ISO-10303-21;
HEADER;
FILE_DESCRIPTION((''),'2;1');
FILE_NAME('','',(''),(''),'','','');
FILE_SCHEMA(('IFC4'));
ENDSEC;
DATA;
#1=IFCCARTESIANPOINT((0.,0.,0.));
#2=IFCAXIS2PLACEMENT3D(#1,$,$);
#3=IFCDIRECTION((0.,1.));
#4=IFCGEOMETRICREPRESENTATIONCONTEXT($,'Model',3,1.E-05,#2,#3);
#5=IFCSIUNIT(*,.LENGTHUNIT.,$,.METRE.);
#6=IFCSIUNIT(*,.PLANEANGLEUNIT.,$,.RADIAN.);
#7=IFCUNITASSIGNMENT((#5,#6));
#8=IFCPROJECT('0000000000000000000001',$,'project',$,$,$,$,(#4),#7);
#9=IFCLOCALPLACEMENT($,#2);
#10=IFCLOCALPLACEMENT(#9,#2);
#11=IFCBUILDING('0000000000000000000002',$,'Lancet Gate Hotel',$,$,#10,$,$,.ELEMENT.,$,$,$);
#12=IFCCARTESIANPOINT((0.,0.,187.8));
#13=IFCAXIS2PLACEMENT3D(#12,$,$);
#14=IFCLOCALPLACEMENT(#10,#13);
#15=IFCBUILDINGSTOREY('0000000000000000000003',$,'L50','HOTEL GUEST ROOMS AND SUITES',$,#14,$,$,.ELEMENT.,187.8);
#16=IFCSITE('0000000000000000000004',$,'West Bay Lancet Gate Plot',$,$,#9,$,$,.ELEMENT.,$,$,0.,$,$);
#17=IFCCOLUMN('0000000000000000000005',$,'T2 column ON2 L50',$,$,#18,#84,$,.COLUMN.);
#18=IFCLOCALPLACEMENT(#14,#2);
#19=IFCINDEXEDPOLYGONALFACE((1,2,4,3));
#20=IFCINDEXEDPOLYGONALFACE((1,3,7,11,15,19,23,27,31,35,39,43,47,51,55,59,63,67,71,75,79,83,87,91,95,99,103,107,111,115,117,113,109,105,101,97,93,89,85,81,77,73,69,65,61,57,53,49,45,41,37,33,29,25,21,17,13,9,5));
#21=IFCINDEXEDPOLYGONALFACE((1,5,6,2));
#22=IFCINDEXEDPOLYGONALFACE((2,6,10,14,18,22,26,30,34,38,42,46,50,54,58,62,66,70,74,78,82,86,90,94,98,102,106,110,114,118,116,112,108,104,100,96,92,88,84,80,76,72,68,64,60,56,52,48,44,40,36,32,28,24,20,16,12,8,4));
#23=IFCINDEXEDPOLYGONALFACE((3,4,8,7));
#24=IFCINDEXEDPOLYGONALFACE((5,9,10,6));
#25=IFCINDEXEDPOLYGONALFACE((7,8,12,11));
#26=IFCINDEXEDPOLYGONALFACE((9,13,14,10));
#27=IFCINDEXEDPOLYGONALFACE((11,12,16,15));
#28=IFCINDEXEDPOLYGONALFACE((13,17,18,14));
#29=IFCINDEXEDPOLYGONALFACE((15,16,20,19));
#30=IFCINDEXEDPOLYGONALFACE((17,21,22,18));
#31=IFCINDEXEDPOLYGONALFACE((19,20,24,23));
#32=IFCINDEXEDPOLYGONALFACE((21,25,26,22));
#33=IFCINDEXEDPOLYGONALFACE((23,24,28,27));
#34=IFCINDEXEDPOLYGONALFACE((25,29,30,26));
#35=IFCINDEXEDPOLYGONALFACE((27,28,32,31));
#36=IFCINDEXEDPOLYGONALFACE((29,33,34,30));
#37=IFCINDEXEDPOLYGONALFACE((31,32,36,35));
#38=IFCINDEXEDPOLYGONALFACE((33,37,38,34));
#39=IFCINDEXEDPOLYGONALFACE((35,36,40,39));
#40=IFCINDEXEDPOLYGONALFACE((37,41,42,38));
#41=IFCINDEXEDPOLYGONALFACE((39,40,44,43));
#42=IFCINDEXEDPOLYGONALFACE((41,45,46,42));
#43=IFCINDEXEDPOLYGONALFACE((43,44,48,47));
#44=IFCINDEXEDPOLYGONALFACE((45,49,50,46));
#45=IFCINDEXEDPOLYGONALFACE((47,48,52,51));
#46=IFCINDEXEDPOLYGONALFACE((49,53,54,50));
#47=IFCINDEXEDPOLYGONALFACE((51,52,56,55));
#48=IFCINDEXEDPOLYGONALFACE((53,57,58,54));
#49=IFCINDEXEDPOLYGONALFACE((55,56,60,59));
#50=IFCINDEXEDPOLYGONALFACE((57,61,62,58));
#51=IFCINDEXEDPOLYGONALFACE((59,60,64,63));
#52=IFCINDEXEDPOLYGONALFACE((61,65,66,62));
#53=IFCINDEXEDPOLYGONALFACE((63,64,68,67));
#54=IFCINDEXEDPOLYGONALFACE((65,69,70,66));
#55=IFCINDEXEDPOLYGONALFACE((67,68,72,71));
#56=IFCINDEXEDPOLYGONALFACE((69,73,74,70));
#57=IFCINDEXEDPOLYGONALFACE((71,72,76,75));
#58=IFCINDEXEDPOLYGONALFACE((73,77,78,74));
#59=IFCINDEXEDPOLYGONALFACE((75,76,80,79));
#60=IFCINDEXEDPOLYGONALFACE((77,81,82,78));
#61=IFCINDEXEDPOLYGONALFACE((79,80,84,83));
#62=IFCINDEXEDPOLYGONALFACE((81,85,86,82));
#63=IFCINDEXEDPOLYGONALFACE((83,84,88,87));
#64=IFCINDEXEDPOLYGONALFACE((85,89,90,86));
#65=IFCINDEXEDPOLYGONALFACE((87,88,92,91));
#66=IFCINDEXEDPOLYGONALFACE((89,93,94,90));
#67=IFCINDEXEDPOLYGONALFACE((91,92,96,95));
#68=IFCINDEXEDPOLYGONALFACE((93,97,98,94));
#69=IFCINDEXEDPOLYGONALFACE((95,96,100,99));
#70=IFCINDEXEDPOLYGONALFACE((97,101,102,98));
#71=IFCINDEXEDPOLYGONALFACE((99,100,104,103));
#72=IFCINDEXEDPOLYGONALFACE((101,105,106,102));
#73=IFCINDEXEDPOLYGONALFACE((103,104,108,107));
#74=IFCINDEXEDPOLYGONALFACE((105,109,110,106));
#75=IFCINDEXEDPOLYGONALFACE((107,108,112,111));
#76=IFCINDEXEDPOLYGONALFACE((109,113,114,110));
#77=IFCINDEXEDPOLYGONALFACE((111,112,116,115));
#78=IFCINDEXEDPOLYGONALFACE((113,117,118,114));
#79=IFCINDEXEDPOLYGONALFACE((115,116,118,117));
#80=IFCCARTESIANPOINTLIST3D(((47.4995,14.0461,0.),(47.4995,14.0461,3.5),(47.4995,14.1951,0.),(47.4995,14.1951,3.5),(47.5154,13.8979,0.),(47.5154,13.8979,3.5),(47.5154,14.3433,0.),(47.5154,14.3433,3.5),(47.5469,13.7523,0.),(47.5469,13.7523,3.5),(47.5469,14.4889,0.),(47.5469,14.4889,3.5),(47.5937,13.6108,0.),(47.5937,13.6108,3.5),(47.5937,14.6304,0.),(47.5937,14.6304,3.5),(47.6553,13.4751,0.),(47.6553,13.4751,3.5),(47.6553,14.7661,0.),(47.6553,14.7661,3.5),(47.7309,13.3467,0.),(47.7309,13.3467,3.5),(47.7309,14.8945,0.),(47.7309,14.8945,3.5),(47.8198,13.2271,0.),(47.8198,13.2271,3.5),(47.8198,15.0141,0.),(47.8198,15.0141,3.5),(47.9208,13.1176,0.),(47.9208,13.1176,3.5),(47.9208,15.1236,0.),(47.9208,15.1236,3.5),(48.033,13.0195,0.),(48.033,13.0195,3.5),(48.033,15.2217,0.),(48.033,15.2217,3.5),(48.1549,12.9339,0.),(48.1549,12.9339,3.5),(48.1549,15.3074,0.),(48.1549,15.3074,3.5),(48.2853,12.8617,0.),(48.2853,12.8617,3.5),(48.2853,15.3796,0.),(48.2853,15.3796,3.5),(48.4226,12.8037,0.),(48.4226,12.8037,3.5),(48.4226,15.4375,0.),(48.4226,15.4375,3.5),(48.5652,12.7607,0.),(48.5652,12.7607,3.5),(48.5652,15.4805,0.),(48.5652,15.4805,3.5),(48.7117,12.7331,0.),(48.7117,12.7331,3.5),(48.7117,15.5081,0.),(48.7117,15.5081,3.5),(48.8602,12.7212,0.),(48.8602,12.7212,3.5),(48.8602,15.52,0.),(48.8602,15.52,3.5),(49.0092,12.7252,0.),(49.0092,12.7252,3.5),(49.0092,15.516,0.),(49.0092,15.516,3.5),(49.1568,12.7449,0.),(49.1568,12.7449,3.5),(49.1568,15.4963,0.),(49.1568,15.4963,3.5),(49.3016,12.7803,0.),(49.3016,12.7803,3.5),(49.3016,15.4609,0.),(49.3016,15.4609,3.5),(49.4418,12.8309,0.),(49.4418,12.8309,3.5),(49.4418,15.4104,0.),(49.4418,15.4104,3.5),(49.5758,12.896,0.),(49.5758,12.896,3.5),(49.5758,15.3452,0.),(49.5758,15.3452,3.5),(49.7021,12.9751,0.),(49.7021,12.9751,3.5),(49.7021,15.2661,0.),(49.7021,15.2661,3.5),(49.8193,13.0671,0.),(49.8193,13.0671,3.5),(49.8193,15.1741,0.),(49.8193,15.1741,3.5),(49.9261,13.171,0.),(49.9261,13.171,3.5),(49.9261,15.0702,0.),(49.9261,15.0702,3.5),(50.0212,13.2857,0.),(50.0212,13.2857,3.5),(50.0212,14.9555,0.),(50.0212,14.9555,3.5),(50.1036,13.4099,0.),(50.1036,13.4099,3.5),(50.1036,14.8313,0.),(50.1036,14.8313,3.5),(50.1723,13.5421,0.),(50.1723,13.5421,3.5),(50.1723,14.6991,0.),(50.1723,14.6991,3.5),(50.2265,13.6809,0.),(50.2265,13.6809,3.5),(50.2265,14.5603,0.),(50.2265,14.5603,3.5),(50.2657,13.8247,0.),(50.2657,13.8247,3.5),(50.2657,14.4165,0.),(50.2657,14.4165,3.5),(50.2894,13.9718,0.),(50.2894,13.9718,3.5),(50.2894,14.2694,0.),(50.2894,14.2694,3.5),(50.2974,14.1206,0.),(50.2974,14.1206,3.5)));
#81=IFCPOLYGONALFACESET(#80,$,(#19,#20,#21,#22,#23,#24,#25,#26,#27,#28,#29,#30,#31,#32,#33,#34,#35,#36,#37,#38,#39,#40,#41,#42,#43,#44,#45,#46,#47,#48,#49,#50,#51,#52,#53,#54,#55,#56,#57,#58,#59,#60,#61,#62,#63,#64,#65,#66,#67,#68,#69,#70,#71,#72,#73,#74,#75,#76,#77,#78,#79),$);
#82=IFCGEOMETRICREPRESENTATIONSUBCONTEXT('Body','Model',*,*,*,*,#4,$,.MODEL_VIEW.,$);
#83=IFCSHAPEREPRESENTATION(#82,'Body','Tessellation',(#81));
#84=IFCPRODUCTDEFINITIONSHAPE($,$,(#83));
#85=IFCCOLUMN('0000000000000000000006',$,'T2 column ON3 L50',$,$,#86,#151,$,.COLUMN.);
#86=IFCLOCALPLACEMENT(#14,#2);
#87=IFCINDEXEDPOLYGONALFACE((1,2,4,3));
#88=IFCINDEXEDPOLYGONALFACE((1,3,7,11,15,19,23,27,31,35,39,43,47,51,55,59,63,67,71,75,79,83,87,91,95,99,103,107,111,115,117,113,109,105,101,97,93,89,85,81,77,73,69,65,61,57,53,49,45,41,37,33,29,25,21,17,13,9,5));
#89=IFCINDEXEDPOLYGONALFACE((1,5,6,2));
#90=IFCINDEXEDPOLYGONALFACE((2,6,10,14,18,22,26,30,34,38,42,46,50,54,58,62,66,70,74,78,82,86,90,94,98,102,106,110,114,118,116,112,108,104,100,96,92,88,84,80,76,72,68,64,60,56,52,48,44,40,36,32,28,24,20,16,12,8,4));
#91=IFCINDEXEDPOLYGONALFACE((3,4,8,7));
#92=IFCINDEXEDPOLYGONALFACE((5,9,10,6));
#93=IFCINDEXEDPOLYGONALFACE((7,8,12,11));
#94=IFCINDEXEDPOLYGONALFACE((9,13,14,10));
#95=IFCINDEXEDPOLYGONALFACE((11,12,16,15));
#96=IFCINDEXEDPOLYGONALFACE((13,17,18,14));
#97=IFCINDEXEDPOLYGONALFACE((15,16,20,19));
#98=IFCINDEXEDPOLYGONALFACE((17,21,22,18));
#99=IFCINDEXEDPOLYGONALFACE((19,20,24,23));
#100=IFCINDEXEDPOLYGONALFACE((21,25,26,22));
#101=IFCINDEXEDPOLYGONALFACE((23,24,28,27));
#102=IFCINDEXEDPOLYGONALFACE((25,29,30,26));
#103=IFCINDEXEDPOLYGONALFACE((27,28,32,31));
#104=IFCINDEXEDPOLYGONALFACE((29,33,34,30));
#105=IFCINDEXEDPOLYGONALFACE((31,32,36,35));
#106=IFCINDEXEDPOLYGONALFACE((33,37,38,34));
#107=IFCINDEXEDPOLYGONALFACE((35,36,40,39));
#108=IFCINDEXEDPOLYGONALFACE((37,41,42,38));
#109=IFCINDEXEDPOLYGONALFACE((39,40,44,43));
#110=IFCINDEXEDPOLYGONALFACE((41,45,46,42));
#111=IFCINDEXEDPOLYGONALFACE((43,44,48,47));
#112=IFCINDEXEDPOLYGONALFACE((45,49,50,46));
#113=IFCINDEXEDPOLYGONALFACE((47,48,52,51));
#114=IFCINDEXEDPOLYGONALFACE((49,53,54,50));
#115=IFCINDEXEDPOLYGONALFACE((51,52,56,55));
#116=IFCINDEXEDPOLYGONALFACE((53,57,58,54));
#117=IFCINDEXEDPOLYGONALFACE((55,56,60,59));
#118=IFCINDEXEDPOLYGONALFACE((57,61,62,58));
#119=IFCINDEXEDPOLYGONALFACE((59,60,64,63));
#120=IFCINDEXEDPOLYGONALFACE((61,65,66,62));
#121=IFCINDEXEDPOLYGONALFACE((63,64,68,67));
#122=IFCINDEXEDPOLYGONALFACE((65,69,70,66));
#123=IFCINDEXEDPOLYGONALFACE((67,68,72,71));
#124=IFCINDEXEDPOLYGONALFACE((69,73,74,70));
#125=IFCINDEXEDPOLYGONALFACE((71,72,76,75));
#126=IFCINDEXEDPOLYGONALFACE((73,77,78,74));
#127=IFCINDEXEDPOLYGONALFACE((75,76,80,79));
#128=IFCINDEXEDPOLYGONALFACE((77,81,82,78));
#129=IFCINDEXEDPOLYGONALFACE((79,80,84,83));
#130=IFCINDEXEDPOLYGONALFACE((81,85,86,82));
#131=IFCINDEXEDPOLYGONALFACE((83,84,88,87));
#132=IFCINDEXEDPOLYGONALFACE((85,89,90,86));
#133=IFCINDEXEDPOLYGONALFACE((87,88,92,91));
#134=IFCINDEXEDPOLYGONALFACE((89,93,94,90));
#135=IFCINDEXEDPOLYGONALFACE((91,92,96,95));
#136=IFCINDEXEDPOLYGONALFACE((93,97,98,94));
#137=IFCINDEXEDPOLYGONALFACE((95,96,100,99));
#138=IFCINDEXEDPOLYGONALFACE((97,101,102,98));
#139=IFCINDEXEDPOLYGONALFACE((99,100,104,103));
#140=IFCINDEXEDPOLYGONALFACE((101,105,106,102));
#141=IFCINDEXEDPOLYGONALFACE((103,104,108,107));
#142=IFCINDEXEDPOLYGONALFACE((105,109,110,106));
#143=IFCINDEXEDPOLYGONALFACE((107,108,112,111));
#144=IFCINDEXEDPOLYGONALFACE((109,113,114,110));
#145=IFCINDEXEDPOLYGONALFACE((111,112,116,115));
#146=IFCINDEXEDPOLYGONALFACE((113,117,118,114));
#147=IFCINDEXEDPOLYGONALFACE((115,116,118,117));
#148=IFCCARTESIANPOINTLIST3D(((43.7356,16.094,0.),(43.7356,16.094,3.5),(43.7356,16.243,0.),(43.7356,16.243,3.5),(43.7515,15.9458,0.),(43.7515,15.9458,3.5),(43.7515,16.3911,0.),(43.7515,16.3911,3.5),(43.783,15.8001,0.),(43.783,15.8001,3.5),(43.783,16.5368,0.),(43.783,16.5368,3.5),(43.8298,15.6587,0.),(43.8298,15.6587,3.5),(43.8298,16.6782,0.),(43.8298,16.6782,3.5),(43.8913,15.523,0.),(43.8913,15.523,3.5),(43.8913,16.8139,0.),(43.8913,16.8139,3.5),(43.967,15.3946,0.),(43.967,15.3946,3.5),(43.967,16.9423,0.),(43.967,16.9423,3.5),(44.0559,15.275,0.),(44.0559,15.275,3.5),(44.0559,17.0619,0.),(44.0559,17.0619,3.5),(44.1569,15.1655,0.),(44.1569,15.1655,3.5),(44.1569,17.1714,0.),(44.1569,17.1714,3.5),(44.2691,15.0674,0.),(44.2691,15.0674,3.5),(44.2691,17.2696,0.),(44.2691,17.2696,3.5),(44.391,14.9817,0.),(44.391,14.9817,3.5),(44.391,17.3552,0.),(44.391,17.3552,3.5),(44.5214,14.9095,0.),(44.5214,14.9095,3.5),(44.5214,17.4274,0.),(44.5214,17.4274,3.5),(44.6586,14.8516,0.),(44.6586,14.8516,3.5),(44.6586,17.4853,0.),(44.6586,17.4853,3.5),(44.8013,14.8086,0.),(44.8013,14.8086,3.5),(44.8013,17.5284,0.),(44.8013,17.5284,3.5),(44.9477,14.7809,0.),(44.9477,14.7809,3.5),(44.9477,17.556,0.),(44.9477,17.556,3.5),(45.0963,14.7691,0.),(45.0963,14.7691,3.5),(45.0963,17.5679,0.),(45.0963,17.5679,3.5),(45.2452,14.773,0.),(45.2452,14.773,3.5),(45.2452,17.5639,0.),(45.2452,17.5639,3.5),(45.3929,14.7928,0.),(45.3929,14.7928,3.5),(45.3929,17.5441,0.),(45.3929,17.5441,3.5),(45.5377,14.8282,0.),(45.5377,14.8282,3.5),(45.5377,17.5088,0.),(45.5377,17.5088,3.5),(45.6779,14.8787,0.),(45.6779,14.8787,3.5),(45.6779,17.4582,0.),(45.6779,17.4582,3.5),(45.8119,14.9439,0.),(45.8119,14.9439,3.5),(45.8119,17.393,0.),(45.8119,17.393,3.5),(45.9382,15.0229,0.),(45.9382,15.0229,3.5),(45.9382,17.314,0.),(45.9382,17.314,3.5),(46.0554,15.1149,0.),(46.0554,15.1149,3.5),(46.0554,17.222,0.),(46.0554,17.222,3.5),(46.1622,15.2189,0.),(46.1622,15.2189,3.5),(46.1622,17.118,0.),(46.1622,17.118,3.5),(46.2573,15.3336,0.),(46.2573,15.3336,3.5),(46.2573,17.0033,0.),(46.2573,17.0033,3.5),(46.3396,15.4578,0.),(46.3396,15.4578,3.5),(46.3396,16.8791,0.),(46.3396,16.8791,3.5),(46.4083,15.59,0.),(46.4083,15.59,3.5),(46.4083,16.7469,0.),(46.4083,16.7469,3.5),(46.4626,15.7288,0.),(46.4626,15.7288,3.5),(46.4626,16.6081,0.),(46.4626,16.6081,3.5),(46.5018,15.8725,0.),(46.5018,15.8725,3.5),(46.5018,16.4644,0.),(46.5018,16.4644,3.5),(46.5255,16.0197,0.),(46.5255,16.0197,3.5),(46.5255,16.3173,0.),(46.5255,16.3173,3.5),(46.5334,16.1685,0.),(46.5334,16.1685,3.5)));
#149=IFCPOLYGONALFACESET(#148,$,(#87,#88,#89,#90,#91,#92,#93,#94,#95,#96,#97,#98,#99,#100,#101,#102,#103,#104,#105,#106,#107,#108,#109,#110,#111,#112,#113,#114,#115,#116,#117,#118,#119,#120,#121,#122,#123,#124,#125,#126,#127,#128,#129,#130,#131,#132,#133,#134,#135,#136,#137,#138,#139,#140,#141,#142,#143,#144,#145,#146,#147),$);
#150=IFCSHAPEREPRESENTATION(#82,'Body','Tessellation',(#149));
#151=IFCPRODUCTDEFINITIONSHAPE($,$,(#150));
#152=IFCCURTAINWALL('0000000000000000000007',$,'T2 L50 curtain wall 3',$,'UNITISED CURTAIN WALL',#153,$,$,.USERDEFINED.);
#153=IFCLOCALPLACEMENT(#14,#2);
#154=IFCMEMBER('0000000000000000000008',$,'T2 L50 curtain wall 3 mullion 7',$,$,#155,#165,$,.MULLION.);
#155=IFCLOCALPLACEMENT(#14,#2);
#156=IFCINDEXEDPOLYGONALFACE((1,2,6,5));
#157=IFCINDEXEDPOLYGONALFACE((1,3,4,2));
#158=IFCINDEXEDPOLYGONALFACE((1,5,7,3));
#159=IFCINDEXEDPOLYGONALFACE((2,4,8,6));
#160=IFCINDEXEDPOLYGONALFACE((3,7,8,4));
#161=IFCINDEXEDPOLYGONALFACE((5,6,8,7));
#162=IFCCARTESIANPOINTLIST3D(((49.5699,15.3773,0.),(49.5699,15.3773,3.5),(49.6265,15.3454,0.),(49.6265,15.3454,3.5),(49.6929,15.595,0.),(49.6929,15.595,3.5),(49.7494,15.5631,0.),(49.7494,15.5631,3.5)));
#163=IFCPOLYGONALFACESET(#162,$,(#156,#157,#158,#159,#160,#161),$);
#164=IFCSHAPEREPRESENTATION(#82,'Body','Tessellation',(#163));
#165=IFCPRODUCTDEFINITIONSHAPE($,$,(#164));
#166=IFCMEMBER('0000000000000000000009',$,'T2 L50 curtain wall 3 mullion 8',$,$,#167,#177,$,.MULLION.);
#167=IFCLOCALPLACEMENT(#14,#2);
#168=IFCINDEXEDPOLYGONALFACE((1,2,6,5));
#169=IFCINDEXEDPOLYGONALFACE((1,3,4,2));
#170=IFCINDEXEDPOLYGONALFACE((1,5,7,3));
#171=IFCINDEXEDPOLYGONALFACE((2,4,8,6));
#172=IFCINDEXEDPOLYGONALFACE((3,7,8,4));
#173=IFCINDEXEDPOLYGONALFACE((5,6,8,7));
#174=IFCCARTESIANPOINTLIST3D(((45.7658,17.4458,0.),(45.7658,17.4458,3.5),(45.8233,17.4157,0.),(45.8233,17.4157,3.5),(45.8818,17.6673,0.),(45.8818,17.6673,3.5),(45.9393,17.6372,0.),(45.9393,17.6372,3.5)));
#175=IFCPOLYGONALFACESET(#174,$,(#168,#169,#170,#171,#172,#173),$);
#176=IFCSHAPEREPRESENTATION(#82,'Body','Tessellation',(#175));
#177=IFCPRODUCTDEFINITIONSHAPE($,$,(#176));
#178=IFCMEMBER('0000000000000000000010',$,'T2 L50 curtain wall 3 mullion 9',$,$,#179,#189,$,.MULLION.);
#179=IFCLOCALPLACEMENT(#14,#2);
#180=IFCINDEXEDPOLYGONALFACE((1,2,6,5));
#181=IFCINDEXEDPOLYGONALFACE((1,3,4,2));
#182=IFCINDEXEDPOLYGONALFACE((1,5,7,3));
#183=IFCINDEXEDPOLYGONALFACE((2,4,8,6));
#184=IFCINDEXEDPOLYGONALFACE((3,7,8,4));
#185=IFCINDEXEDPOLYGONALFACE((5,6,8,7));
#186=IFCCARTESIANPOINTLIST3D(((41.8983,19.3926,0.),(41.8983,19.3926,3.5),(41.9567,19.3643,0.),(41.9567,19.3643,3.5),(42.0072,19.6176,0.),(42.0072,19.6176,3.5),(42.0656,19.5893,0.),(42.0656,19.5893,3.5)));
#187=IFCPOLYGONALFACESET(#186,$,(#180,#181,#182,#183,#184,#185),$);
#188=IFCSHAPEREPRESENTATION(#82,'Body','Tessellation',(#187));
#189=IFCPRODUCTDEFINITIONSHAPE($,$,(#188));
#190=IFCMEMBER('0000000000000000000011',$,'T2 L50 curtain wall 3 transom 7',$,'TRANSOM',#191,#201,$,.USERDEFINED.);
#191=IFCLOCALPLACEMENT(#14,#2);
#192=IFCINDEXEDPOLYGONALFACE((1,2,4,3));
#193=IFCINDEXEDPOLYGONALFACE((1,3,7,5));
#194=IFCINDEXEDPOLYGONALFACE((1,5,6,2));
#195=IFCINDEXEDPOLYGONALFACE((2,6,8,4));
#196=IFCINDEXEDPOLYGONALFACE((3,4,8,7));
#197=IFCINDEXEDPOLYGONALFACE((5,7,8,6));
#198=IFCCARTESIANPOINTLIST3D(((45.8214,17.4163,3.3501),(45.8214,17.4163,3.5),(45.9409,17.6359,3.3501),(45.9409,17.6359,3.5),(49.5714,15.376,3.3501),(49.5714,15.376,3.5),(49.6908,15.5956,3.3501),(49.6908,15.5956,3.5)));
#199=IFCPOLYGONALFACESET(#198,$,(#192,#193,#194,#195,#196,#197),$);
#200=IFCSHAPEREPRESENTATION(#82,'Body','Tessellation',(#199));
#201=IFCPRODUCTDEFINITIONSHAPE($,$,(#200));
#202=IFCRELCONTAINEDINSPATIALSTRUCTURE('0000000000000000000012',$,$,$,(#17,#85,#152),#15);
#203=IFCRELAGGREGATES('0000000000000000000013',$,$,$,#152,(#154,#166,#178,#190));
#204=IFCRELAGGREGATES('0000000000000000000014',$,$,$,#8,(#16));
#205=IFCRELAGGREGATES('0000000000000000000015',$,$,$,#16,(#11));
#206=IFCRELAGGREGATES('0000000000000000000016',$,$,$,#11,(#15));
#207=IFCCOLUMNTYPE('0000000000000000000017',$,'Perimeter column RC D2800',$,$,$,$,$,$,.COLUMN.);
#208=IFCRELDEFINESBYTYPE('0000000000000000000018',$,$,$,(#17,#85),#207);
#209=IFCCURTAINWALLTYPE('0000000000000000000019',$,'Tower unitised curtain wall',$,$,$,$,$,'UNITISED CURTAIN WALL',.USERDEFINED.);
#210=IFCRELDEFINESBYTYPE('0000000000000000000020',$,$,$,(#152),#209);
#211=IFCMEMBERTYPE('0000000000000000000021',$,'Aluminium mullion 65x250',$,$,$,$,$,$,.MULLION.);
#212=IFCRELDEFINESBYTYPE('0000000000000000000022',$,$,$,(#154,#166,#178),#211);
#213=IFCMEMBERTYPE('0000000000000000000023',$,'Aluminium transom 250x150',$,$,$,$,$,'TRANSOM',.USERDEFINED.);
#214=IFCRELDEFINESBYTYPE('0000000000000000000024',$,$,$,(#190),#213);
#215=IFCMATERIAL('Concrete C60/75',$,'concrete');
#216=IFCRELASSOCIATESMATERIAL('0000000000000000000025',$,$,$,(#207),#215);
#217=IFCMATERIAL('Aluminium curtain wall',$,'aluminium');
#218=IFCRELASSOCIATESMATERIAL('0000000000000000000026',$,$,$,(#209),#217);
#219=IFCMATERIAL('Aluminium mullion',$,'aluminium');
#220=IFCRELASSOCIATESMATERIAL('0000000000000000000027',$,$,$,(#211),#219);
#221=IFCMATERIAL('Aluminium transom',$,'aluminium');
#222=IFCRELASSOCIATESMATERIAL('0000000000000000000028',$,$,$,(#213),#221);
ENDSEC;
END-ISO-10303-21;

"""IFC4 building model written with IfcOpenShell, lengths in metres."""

from ifc_helpers import new_model, si_unit, direction, frame, origin, origin_2d, place, context, subcontext, project, spatial, rectangle, circle, extrude, material, material_profile, profile_set, type_object, element, aggregate, save


model = new_model("IFC4")

# Units and contexts
model_context = context("Model", 3, precision=1e-05, world=origin(), true_north=direction((0.0, 1.0)))
body_context = subcontext(model_context, "Body", "Model", "MODEL_VIEW")
ifc_project = project(units=[si_unit("LENGTHUNIT", "METRE"), si_unit("PLANEANGLEUNIT", "RADIAN")], contexts=[model_context])

# Site, building, storey
site_placement = place(None, origin())
site = spatial("IfcSite", under=ifc_project, at=site_placement, Name="West Bay Lancet Gate Plot", CompositionType="ELEMENT", RefElevation=0.0)
building_placement = place(site_placement, origin())
building = spatial("IfcBuilding", under=site, at=building_placement, Name="Lancet Gate Hotel", CompositionType="ELEMENT")
storey_placement = place(building_placement, frame((0.0, 0.0, 187.8)))
storey = spatial("IfcBuildingStorey", under=building, at=storey_placement, Name="L50", Description="HOTEL GUEST ROOMS AND SUITES", CompositionType="ELEMENT", Elevation=187.8)

# Columns
ifc_material_1 = material(Name="Concrete C60/75", Category="concrete")
ifc_material_profile_1 = material_profile(ifc_material_1, circle(Radius=1.3999, at=origin_2d()), Name="RC D2800")
ifc_profile_set_1 = profile_set([ifc_material_profile_1], Name="Concrete C60/75")
column_type = type_object("IfcColumnType", Name="Perimeter column RC D2800", PredefinedType="COLUMN", material=ifc_profile_set_1)
for number, where, z_axis, x_axis, name in (
    (1, (48.8975, 14.1206, 0.0), (0.0, 0.0, 1.0), (1.0, 0.0, 0.0), "T2 column ON2 L50"),
    (2, (45.1335, 16.1685, 0.0), (0.0, 0.0, 1.0), (1.0, 0.0, 0.0), "T2 column ON3 L50"),
):
    element("IfcColumn", number, at=place(storey_placement, frame(where, z_axis=z_axis, x_axis=x_axis)), inside=storey, type_object=column_type, Name=name, PredefinedType="COLUMN", context=body_context, shape_type="SweptSolid", body=[
        extrude(circle(Radius=1.3999, at=origin_2d()), origin(), (0.0, 0.0, 1.0), 3.5),
    ])

# Curtain wall, members
ifc_material_2 = material(Name="Aluminium curtain wall", Category="aluminium")
curtain_wall_type = type_object("IfcCurtainWallType", Name="Tower unitised curtain wall", ElementType="UNITISED CURTAIN WALL", PredefinedType="USERDEFINED", material=ifc_material_2)
curtain_wall_placement = place(storey_placement, origin())
curtain_wall = element("IfcCurtainWall", 3, at=curtain_wall_placement, inside=storey, type_object=curtain_wall_type, Name="T2 L50 curtain wall 3", ObjectType="UNITISED CURTAIN WALL", PredefinedType="USERDEFINED")
ifc_material_3 = material(Name="Aluminium mullion", Category="aluminium")
ifc_material_profile_2 = material_profile(ifc_material_3, rectangle(XDim=0.0649, YDim=0.25, at=origin_2d()), Name="MULLION 65x250")
ifc_profile_set_2 = profile_set([ifc_material_profile_2], Name="Aluminium mullion")
member_type_1 = type_object("IfcMemberType", Name="Aluminium mullion 65x250", PredefinedType="MULLION", material=ifc_profile_set_2)
member_1_placement = place(storey_placement, frame((49.6597, 15.4702, 0.0), z_axis=(0.0, 0.0, 1.0), x_axis=(-0.870722, 0.491776, 0.0)))
member_1 = element("IfcMember", 4, at=member_1_placement, type_object=member_type_1, Name="T2 L50 curtain wall 3 mullion 7", PredefinedType="MULLION", context=body_context, shape_type="SweptSolid", body=[
    extrude(rectangle(XDim=0.0649, YDim=0.25, at=origin_2d()), origin(), (0.0, 0.0, 1.0), 3.5),
])
member_2_placement = place(storey_placement, frame((45.8525, 17.5415, 0.0), z_axis=(0.0, 0.0, 1.0), x_axis=(-0.885877, 0.46392, 0.0)))
member_2 = element("IfcMember", 5, at=member_2_placement, type_object=member_type_1, Name="T2 L50 curtain wall 3 mullion 8", PredefinedType="MULLION", context=body_context, shape_type="SweptSolid", body=[
    extrude(rectangle(XDim=0.0649, YDim=0.25, at=origin_2d()), origin(), (0.0, 0.0, 1.0), 3.5),
])
member_3_placement = place(storey_placement, frame((41.9819, 19.491, 0.0), z_axis=(0.0, 0.0, 1.0), x_axis=(-0.900141, 0.435598, 0.0)))
member_3 = element("IfcMember", 6, at=member_3_placement, type_object=member_type_1, Name="T2 L50 curtain wall 3 mullion 9", PredefinedType="MULLION", context=body_context, shape_type="SweptSolid", body=[
    extrude(rectangle(XDim=0.0649, YDim=0.25, at=origin_2d()), origin(), (0.0, 0.0, 1.0), 3.5),
])
ifc_material_4 = material(Name="Aluminium transom", Category="aluminium")
ifc_material_profile_3 = material_profile(ifc_material_4, rectangle(XDim=0.25, YDim=0.1499, at=origin_2d()), Name="TRANSOM 250x150")
ifc_profile_set_3 = profile_set([ifc_material_profile_3], Name="Aluminium transom")
member_type_2 = type_object("IfcMemberType", Name="Aluminium transom 250x150", ElementType="TRANSOM", PredefinedType="USERDEFINED", material=ifc_profile_set_3)
member_4_placement = place(storey_placement, frame((49.6311, 15.4858, 3.425), z_axis=(-0.878404, 0.477918, 0.0), x_axis=(-0.477918, -0.878404, 0.0)))
member_4 = element("IfcMember", 7, at=member_4_placement, type_object=member_type_2, Name="T2 L50 curtain wall 3 transom 7", ObjectType="TRANSOM", PredefinedType="USERDEFINED", context=body_context, shape_type="SweptSolid", body=[
    extrude(rectangle(XDim=0.25, YDim=0.1499, at=origin_2d()), origin(), (0.0, 0.0, 1.0), 4.269),
])

aggregate(curtain_wall, [member_1, member_2, member_3, member_4])

save(model, "model.ifc")
